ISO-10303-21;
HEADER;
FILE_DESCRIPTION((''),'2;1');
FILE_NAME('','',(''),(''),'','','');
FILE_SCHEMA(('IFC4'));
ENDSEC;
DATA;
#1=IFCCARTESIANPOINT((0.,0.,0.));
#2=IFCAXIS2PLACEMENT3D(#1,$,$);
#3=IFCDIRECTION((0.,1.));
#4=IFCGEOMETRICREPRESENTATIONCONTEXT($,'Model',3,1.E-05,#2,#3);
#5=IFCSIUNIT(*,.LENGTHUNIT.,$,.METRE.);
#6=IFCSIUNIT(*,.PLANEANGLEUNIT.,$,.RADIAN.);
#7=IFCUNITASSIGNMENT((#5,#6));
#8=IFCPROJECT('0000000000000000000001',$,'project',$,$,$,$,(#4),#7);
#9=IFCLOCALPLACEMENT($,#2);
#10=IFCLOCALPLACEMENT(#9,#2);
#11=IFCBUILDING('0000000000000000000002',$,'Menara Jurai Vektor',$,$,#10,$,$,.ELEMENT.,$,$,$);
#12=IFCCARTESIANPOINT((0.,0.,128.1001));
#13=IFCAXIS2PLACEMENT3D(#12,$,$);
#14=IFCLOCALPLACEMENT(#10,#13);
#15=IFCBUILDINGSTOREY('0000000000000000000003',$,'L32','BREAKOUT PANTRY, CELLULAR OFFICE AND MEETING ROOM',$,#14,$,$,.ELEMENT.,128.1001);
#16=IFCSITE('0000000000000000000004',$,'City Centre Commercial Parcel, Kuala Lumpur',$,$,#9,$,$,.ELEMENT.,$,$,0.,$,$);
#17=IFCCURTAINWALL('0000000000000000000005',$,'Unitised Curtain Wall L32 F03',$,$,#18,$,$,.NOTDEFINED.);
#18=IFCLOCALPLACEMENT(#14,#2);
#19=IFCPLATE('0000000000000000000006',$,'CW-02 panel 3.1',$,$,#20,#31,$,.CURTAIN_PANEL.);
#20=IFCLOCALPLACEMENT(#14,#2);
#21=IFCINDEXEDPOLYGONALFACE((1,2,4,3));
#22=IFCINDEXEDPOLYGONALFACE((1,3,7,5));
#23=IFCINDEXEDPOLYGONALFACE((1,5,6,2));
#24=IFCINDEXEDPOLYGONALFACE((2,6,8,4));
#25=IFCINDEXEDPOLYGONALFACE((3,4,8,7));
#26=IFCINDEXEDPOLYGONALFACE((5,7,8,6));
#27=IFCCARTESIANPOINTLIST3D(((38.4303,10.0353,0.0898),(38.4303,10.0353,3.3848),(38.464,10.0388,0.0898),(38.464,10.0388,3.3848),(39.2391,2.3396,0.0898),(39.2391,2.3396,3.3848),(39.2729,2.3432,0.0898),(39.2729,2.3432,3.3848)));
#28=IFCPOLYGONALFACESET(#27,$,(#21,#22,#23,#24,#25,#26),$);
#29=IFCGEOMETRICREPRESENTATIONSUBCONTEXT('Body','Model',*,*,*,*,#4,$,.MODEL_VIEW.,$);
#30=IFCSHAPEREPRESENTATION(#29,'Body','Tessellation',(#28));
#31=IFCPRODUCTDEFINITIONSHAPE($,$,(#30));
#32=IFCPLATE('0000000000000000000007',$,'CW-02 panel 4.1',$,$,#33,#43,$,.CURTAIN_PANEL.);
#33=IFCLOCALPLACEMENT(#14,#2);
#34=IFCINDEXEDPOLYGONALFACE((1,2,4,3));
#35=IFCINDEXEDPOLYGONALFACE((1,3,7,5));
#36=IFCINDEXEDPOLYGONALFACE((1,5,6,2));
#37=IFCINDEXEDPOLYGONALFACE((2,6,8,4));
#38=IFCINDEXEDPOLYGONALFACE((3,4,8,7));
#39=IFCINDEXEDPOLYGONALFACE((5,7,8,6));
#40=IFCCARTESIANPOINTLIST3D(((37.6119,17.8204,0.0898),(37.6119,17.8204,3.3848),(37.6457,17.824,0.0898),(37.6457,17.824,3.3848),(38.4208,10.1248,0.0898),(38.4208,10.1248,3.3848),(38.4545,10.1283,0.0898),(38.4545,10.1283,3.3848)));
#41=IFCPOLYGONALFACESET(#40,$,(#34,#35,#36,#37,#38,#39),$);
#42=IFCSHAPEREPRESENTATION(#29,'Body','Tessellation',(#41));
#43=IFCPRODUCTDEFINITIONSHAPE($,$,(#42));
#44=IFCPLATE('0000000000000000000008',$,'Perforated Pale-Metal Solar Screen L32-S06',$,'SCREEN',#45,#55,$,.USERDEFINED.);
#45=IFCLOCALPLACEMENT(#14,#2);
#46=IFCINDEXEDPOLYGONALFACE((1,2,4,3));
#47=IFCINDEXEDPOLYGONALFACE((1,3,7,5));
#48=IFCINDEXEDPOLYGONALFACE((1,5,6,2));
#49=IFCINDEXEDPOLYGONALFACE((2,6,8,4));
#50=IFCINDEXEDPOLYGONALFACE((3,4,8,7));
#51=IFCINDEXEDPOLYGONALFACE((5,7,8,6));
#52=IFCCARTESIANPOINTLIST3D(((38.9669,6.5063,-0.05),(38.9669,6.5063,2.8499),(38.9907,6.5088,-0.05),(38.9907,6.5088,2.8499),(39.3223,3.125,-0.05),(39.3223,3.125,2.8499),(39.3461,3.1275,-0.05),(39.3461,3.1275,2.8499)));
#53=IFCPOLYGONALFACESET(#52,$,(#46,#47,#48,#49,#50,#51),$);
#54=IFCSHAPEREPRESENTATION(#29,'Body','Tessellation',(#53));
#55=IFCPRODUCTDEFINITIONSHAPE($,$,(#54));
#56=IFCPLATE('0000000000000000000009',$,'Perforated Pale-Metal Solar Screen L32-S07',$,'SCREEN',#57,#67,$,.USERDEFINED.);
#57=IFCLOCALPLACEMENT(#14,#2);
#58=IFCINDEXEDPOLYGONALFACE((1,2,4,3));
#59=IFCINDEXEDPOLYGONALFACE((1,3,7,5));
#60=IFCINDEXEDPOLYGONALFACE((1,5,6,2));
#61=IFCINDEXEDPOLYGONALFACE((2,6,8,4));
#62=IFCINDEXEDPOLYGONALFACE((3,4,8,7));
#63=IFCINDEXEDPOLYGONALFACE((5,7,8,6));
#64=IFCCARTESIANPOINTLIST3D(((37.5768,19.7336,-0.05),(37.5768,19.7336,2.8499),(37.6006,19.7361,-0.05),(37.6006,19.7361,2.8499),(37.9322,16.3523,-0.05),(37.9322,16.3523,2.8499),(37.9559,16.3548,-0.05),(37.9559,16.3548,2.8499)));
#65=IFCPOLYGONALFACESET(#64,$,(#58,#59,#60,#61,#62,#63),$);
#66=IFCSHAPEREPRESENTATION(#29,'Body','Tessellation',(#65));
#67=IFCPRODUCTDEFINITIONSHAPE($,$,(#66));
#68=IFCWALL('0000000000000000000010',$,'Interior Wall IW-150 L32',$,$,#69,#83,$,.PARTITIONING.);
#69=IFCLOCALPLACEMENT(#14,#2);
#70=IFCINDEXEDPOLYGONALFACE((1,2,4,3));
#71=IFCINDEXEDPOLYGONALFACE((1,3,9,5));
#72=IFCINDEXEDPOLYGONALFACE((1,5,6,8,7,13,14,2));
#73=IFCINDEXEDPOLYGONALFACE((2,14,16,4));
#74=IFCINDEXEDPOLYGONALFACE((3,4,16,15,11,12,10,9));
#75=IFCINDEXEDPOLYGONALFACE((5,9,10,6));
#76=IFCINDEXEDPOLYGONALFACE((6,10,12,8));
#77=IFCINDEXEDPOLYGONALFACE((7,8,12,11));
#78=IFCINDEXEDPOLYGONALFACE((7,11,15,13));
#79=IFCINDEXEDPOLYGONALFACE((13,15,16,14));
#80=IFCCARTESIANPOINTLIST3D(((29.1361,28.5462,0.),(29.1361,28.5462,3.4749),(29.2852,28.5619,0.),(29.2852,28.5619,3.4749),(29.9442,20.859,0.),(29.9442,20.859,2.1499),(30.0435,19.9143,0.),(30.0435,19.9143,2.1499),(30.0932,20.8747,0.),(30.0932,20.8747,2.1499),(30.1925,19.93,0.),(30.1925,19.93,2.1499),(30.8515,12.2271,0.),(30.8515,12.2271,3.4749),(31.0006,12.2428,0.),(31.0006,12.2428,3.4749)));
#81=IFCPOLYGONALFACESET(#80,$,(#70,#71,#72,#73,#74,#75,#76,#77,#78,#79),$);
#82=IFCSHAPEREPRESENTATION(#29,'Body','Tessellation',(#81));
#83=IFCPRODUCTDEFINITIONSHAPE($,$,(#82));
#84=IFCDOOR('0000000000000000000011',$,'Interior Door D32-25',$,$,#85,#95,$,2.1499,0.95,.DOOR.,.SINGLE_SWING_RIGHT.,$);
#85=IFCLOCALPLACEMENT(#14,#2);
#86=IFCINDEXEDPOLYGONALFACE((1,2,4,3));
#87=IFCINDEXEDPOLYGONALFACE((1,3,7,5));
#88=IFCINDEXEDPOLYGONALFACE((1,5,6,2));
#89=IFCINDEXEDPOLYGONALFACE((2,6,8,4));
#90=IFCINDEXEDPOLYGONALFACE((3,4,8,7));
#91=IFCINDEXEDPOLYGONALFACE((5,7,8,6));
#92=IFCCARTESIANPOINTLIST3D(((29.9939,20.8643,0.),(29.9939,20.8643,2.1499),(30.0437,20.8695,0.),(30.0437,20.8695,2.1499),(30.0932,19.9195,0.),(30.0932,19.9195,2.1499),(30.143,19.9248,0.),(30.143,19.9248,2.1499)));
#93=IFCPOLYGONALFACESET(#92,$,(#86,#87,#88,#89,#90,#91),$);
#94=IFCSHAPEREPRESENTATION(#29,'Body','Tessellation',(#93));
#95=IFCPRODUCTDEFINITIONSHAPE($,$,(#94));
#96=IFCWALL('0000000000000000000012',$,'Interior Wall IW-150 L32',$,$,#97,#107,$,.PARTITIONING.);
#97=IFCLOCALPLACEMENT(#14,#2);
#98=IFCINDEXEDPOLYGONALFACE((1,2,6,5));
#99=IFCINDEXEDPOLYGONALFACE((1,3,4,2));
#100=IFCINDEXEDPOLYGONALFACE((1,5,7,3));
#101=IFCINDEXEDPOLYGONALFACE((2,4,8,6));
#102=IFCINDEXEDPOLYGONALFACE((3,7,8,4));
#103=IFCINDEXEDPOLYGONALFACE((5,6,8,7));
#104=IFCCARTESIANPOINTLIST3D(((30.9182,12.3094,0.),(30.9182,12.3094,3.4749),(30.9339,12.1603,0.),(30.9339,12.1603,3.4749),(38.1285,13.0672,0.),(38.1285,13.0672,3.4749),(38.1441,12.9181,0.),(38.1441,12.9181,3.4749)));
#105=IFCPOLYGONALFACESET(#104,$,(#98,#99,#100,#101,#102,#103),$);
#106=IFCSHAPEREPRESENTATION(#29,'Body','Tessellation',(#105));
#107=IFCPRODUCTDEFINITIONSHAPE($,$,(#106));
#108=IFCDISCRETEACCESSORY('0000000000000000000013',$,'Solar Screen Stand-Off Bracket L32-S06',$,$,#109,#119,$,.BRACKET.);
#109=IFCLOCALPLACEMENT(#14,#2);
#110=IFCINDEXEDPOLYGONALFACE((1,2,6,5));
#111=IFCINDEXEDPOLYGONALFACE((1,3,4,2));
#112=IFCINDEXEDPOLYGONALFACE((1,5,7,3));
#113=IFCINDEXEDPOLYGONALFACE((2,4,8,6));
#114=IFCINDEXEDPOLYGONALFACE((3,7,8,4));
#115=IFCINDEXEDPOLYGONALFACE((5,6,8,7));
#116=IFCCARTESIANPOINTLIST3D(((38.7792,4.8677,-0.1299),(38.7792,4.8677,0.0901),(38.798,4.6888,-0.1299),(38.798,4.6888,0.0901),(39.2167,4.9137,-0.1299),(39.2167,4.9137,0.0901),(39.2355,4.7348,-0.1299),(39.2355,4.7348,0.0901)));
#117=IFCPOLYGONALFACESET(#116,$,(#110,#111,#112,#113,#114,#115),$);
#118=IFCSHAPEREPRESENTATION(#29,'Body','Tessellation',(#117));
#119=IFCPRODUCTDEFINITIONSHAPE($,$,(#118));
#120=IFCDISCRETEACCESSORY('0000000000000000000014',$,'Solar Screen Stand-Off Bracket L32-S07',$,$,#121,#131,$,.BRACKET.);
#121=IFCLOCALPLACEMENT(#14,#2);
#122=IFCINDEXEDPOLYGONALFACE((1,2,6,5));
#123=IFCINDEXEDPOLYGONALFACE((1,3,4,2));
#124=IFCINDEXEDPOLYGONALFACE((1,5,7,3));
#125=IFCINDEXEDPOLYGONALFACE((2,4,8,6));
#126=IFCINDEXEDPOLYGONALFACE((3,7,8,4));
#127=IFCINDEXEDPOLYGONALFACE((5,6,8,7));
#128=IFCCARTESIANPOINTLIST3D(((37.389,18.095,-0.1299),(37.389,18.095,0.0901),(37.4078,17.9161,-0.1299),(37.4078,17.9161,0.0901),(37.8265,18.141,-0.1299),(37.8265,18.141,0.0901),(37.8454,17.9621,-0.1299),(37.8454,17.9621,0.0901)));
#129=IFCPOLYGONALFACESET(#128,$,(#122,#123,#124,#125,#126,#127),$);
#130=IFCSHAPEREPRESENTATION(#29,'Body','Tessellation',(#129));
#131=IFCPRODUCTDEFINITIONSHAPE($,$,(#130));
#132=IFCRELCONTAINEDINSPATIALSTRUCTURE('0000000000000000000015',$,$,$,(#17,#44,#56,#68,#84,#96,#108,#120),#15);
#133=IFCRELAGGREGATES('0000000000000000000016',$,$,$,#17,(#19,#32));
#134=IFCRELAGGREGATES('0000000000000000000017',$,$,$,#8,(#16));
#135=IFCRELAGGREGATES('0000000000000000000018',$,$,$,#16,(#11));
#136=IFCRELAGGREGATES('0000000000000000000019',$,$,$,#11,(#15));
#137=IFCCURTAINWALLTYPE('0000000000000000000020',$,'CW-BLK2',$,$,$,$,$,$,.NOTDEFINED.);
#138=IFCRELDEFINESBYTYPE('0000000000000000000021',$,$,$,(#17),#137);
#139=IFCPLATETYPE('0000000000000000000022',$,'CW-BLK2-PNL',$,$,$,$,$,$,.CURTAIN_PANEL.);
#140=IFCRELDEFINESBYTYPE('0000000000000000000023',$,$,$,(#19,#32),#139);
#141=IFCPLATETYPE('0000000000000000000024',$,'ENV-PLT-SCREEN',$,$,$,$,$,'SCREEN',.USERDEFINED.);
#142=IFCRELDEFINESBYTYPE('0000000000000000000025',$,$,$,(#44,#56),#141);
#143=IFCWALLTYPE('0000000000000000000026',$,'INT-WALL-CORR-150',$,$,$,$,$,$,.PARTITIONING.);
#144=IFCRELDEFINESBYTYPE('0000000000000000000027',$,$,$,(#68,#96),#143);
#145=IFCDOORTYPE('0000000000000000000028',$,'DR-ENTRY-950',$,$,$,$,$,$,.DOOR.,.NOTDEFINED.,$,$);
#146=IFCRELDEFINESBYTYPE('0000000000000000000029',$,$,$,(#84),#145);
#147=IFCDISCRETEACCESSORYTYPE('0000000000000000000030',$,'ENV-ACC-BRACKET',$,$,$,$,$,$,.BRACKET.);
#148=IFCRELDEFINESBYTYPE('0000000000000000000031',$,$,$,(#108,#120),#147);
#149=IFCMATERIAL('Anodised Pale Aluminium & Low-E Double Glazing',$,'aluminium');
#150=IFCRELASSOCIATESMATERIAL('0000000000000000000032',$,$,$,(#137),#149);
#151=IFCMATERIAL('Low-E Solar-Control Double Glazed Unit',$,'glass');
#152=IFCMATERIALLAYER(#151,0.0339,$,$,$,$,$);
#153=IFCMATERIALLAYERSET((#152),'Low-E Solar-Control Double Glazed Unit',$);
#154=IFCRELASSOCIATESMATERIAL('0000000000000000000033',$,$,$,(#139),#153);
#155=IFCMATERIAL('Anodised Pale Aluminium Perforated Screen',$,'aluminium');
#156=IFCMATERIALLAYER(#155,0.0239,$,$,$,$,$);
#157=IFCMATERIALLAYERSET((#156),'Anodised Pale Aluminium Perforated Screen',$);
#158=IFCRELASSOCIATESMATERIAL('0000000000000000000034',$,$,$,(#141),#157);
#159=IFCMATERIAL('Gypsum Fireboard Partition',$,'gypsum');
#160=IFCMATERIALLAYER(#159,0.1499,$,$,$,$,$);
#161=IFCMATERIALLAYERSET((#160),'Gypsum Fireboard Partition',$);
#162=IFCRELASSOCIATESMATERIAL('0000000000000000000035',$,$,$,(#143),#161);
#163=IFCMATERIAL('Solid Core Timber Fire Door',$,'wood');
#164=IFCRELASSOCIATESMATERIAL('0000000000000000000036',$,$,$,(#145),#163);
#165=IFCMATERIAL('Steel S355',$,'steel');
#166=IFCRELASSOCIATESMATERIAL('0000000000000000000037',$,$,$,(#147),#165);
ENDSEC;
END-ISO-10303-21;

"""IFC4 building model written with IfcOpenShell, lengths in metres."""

from ifc_helpers import new_model, si_unit, direction, frame, frame_2d, origin, origin_2d, place, context, subcontext, project, spatial, rectangle, extrude, material, layer, layer_set, type_object, element, fill, aggregate, save


model = new_model("IFC4")

# Units and contexts
model_context = context("Model", 3, precision=1e-05, world=origin(), true_north=direction((0.0, 1.0)))
body_context = subcontext(model_context, "Body", "Model", "MODEL_VIEW")
ifc_project = project(units=[si_unit("LENGTHUNIT", "METRE"), si_unit("PLANEANGLEUNIT", "RADIAN")], contexts=[model_context])

# Site, building, storey
site_placement = place(None, origin())
site = spatial("IfcSite", under=ifc_project, at=site_placement, Name="City Centre Commercial Parcel, Kuala Lumpur", CompositionType="ELEMENT", RefElevation=0.0)
building_placement = place(site_placement, origin())
building = spatial("IfcBuilding", under=site, at=building_placement, Name="Menara Jurai Vektor", CompositionType="ELEMENT")
storey_placement = place(building_placement, frame((0.0, 0.0, 128.1001)))
storey = spatial("IfcBuildingStorey", under=building, at=storey_placement, Name="L32", Description="BREAKOUT PANTRY, CELLULAR OFFICE AND MEETING ROOM", CompositionType="ELEMENT", Elevation=128.1001)

# Curtain wall
ifc_material_1 = material(Name="Anodised Pale Aluminium & Low-E Double Glazing", Category="aluminium")
curtain_wall_type = type_object("IfcCurtainWallType", Name="CW-BLK2", PredefinedType="NOTDEFINED", material=ifc_material_1)
curtain_wall_placement = place(storey_placement, origin())
curtain_wall = element("IfcCurtainWall", 1, at=curtain_wall_placement, inside=storey, type_object=curtain_wall_type, Name="Unitised Curtain Wall L32 F03", PredefinedType="NOTDEFINED")

# Shared definitions
ifc_material_2 = material(Name="Steel S355", Category="steel")

# Plates
ifc_material_3 = material(Name="Low-E Solar-Control Double Glazed Unit", Category="glass")
ifc_layer_1 = layer(ifc_material_3, 0.0339)
ifc_layer_set_1 = layer_set([ifc_layer_1], Name="Low-E Solar-Control Double Glazed Unit")
plate_type_1 = type_object("IfcPlateType", Name="CW-BLK2-PNL", PredefinedType="CURTAIN_PANEL", material=ifc_layer_set_1)
plate_1_placement = place(storey_placement, frame((38.8516, 6.1892, 0.0898), z_axis=(0.0, 0.0, 1.0), x_axis=(-0.10453, 0.994522, 0.0)))
plate_1 = element("IfcPlate", 2, at=plate_1_placement, type_object=plate_type_1, Name="CW-02 panel 3.1", PredefinedType="CURTAIN_PANEL", context=body_context, shape_type="SweptSolid", body=[
    extrude(rectangle(XDim=7.738, YDim=0.0339, at=origin_2d()), origin(), (0.0, 0.0, 1.0), 3.2949),
])
plate_2_placement = place(storey_placement, frame((38.0332, 13.9744, 0.0898), z_axis=(0.0, 0.0, 1.0), x_axis=(-0.10453, 0.994522, 0.0)))
plate_2 = element("IfcPlate", 3, at=plate_2_placement, type_object=plate_type_1, Name="CW-02 panel 4.1", PredefinedType="CURTAIN_PANEL", context=body_context, shape_type="SweptSolid", body=[
    extrude(rectangle(XDim=7.738, YDim=0.0339, at=origin_2d()), origin(), (0.0, 0.0, 1.0), 3.2949),
])
aggregate(curtain_wall, [plate_1, plate_2])

# Plates
ifc_material_4 = material(Name="Anodised Pale Aluminium Perforated Screen", Category="aluminium")
ifc_layer_2 = layer(ifc_material_4, 0.0239)
ifc_layer_set_2 = layer_set([ifc_layer_2], Name="Anodised Pale Aluminium Perforated Screen")
plate_type_2 = type_object("IfcPlateType", Name="ENV-PLT-SCREEN", ElementType="SCREEN", PredefinedType="USERDEFINED", material=ifc_layer_set_2)
for number, where, z_axis, x_axis, name in (
    (4, (39.1565, 4.8169, -0.05), (0.0, 0.0, 1.0), (-0.104528, 0.994522, 0.0), "Perforated Pale-Metal Solar Screen L32-S06"),
    (5, (37.7664, 18.0442, -0.05), (0.0, 0.0, 1.0), (-0.104528, 0.994522, 0.0), "Perforated Pale-Metal Solar Screen L32-S07"),
):
    element("IfcPlate", number, at=place(storey_placement, frame(where, z_axis=z_axis, x_axis=x_axis)), inside=storey, type_object=plate_type_2, Name=name, ObjectType="SCREEN", PredefinedType="USERDEFINED", context=body_context, shape_type="SweptSolid", body=[
        extrude(rectangle(XDim=3.3999, YDim=0.0239, at=origin_2d()), origin(), (0.0, 0.0, 1.0), 2.8999),
    ])

# Wall, opening, door
ifc_material_5 = material(Name="Gypsum Fireboard Partition", Category="gypsum")
ifc_layer_3 = layer(ifc_material_5, 0.1499)
ifc_layer_set_3 = layer_set([ifc_layer_3], Name="Gypsum Fireboard Partition")
wall_type = type_object("IfcWallType", Name="INT-WALL-CORR-150", PredefinedType="PARTITIONING", material=ifc_layer_set_3)
wall_1_placement = place(storey_placement, frame((30.926, 12.2349, 0.0), z_axis=(0.0, 0.0, 1.0), x_axis=(-0.104536, 0.994521, 0.0)))
wall_1 = element("IfcWall", 6, at=wall_1_placement, inside=storey, type_object=wall_type, Name="Interior Wall IW-150 L32", PredefinedType="PARTITIONING", context=body_context, shape_type="SweptSolid", body=[
    extrude(rectangle(XDim=16.4089, YDim=0.1499, at=frame_2d((8.2046, 0.0))), origin(), (0.0, 0.0, 1.0), 3.4749),
])
opening_placement = place(wall_1_placement, frame((7.7295, 0.0, 0.0)))
opening = element("IfcOpeningElement", 7, at=opening_placement, cuts=wall_1, PredefinedType="OPENING", context=body_context, shape_type="SweptSolid", body=[
    extrude(rectangle(XDim=0.95, YDim=2.1499, at=frame_2d((0.4751, 1.075))), frame((0.0, 0.085, 0.0), z_axis=(0.0, -1.0, 0.0), x_axis=(1.0, 0.0, 0.0)), (0.0, 0.0, 1.0), 0.1699),
])
ifc_material_6 = material(Name="Solid Core Timber Fire Door", Category="wood")
door_type = type_object("IfcDoorType", Name="DR-ENTRY-950", OperationType="NOTDEFINED", PredefinedType="DOOR", material=ifc_material_6)
door_placement = place(opening_placement, origin())
door = element("IfcDoor", 8, at=door_placement, inside=storey, type_object=door_type, Name="Interior Door D32-25", OperationType="SINGLE_SWING_RIGHT", OverallHeight=2.1499, OverallWidth=0.95, PredefinedType="DOOR", context=body_context, shape_type="SweptSolid", body=[
    extrude(rectangle(XDim=0.95, YDim=2.1499, at=frame_2d((0.4751, 1.075))), frame((0.0, 0.0249, 0.0), z_axis=(0.0, -1.0, 0.0), x_axis=(1.0, 0.0, 0.0)), (0.0, 0.0, 1.0), 0.05),
])
fill(opening, door)

# Wall
wall_2_placement = place(storey_placement, frame((30.926, 12.2349, 0.0), z_axis=(0.0, 0.0, 1.0), x_axis=(0.994522, 0.104527, 0.0)))
element("IfcWall", 9, at=wall_2_placement, inside=storey, type_object=wall_type, Name="Interior Wall IW-150 L32", PredefinedType="PARTITIONING", context=body_context, shape_type="SweptSolid", body=[
    extrude(rectangle(XDim=7.25, YDim=0.1499, at=frame_2d((3.625, 0.0))), origin(), (0.0, 0.0, 1.0), 3.4749),
])

# Discrete accessories
discrete_accessory_type = type_object("IfcDiscreteAccessoryType", Name="ENV-ACC-BRACKET", PredefinedType="BRACKET", material=ifc_material_2)
for number, where, z_axis, x_axis, name in (
    (10, (39.0073, 4.8013, -0.1299), (0.0, 0.0, 1.0), (-0.104528, 0.994522, 0.0), "Solar Screen Stand-Off Bracket L32-S06"),
    (11, (37.6172, 18.0286, -0.1299), (0.0, 0.0, 1.0), (-0.104528, 0.994522, 0.0), "Solar Screen Stand-Off Bracket L32-S07"),
):
    element("IfcDiscreteAccessory", number, at=place(storey_placement, frame(where, z_axis=z_axis, x_axis=x_axis)), inside=storey, type_object=discrete_accessory_type, Name=name, PredefinedType="BRACKET", context=body_context, shape_type="SweptSolid", body=[
        extrude(rectangle(XDim=0.1799, YDim=0.4399, at=origin_2d()), origin(), (0.0, 0.0, 1.0), 0.22),
    ])

save(model, "model.ifc")
